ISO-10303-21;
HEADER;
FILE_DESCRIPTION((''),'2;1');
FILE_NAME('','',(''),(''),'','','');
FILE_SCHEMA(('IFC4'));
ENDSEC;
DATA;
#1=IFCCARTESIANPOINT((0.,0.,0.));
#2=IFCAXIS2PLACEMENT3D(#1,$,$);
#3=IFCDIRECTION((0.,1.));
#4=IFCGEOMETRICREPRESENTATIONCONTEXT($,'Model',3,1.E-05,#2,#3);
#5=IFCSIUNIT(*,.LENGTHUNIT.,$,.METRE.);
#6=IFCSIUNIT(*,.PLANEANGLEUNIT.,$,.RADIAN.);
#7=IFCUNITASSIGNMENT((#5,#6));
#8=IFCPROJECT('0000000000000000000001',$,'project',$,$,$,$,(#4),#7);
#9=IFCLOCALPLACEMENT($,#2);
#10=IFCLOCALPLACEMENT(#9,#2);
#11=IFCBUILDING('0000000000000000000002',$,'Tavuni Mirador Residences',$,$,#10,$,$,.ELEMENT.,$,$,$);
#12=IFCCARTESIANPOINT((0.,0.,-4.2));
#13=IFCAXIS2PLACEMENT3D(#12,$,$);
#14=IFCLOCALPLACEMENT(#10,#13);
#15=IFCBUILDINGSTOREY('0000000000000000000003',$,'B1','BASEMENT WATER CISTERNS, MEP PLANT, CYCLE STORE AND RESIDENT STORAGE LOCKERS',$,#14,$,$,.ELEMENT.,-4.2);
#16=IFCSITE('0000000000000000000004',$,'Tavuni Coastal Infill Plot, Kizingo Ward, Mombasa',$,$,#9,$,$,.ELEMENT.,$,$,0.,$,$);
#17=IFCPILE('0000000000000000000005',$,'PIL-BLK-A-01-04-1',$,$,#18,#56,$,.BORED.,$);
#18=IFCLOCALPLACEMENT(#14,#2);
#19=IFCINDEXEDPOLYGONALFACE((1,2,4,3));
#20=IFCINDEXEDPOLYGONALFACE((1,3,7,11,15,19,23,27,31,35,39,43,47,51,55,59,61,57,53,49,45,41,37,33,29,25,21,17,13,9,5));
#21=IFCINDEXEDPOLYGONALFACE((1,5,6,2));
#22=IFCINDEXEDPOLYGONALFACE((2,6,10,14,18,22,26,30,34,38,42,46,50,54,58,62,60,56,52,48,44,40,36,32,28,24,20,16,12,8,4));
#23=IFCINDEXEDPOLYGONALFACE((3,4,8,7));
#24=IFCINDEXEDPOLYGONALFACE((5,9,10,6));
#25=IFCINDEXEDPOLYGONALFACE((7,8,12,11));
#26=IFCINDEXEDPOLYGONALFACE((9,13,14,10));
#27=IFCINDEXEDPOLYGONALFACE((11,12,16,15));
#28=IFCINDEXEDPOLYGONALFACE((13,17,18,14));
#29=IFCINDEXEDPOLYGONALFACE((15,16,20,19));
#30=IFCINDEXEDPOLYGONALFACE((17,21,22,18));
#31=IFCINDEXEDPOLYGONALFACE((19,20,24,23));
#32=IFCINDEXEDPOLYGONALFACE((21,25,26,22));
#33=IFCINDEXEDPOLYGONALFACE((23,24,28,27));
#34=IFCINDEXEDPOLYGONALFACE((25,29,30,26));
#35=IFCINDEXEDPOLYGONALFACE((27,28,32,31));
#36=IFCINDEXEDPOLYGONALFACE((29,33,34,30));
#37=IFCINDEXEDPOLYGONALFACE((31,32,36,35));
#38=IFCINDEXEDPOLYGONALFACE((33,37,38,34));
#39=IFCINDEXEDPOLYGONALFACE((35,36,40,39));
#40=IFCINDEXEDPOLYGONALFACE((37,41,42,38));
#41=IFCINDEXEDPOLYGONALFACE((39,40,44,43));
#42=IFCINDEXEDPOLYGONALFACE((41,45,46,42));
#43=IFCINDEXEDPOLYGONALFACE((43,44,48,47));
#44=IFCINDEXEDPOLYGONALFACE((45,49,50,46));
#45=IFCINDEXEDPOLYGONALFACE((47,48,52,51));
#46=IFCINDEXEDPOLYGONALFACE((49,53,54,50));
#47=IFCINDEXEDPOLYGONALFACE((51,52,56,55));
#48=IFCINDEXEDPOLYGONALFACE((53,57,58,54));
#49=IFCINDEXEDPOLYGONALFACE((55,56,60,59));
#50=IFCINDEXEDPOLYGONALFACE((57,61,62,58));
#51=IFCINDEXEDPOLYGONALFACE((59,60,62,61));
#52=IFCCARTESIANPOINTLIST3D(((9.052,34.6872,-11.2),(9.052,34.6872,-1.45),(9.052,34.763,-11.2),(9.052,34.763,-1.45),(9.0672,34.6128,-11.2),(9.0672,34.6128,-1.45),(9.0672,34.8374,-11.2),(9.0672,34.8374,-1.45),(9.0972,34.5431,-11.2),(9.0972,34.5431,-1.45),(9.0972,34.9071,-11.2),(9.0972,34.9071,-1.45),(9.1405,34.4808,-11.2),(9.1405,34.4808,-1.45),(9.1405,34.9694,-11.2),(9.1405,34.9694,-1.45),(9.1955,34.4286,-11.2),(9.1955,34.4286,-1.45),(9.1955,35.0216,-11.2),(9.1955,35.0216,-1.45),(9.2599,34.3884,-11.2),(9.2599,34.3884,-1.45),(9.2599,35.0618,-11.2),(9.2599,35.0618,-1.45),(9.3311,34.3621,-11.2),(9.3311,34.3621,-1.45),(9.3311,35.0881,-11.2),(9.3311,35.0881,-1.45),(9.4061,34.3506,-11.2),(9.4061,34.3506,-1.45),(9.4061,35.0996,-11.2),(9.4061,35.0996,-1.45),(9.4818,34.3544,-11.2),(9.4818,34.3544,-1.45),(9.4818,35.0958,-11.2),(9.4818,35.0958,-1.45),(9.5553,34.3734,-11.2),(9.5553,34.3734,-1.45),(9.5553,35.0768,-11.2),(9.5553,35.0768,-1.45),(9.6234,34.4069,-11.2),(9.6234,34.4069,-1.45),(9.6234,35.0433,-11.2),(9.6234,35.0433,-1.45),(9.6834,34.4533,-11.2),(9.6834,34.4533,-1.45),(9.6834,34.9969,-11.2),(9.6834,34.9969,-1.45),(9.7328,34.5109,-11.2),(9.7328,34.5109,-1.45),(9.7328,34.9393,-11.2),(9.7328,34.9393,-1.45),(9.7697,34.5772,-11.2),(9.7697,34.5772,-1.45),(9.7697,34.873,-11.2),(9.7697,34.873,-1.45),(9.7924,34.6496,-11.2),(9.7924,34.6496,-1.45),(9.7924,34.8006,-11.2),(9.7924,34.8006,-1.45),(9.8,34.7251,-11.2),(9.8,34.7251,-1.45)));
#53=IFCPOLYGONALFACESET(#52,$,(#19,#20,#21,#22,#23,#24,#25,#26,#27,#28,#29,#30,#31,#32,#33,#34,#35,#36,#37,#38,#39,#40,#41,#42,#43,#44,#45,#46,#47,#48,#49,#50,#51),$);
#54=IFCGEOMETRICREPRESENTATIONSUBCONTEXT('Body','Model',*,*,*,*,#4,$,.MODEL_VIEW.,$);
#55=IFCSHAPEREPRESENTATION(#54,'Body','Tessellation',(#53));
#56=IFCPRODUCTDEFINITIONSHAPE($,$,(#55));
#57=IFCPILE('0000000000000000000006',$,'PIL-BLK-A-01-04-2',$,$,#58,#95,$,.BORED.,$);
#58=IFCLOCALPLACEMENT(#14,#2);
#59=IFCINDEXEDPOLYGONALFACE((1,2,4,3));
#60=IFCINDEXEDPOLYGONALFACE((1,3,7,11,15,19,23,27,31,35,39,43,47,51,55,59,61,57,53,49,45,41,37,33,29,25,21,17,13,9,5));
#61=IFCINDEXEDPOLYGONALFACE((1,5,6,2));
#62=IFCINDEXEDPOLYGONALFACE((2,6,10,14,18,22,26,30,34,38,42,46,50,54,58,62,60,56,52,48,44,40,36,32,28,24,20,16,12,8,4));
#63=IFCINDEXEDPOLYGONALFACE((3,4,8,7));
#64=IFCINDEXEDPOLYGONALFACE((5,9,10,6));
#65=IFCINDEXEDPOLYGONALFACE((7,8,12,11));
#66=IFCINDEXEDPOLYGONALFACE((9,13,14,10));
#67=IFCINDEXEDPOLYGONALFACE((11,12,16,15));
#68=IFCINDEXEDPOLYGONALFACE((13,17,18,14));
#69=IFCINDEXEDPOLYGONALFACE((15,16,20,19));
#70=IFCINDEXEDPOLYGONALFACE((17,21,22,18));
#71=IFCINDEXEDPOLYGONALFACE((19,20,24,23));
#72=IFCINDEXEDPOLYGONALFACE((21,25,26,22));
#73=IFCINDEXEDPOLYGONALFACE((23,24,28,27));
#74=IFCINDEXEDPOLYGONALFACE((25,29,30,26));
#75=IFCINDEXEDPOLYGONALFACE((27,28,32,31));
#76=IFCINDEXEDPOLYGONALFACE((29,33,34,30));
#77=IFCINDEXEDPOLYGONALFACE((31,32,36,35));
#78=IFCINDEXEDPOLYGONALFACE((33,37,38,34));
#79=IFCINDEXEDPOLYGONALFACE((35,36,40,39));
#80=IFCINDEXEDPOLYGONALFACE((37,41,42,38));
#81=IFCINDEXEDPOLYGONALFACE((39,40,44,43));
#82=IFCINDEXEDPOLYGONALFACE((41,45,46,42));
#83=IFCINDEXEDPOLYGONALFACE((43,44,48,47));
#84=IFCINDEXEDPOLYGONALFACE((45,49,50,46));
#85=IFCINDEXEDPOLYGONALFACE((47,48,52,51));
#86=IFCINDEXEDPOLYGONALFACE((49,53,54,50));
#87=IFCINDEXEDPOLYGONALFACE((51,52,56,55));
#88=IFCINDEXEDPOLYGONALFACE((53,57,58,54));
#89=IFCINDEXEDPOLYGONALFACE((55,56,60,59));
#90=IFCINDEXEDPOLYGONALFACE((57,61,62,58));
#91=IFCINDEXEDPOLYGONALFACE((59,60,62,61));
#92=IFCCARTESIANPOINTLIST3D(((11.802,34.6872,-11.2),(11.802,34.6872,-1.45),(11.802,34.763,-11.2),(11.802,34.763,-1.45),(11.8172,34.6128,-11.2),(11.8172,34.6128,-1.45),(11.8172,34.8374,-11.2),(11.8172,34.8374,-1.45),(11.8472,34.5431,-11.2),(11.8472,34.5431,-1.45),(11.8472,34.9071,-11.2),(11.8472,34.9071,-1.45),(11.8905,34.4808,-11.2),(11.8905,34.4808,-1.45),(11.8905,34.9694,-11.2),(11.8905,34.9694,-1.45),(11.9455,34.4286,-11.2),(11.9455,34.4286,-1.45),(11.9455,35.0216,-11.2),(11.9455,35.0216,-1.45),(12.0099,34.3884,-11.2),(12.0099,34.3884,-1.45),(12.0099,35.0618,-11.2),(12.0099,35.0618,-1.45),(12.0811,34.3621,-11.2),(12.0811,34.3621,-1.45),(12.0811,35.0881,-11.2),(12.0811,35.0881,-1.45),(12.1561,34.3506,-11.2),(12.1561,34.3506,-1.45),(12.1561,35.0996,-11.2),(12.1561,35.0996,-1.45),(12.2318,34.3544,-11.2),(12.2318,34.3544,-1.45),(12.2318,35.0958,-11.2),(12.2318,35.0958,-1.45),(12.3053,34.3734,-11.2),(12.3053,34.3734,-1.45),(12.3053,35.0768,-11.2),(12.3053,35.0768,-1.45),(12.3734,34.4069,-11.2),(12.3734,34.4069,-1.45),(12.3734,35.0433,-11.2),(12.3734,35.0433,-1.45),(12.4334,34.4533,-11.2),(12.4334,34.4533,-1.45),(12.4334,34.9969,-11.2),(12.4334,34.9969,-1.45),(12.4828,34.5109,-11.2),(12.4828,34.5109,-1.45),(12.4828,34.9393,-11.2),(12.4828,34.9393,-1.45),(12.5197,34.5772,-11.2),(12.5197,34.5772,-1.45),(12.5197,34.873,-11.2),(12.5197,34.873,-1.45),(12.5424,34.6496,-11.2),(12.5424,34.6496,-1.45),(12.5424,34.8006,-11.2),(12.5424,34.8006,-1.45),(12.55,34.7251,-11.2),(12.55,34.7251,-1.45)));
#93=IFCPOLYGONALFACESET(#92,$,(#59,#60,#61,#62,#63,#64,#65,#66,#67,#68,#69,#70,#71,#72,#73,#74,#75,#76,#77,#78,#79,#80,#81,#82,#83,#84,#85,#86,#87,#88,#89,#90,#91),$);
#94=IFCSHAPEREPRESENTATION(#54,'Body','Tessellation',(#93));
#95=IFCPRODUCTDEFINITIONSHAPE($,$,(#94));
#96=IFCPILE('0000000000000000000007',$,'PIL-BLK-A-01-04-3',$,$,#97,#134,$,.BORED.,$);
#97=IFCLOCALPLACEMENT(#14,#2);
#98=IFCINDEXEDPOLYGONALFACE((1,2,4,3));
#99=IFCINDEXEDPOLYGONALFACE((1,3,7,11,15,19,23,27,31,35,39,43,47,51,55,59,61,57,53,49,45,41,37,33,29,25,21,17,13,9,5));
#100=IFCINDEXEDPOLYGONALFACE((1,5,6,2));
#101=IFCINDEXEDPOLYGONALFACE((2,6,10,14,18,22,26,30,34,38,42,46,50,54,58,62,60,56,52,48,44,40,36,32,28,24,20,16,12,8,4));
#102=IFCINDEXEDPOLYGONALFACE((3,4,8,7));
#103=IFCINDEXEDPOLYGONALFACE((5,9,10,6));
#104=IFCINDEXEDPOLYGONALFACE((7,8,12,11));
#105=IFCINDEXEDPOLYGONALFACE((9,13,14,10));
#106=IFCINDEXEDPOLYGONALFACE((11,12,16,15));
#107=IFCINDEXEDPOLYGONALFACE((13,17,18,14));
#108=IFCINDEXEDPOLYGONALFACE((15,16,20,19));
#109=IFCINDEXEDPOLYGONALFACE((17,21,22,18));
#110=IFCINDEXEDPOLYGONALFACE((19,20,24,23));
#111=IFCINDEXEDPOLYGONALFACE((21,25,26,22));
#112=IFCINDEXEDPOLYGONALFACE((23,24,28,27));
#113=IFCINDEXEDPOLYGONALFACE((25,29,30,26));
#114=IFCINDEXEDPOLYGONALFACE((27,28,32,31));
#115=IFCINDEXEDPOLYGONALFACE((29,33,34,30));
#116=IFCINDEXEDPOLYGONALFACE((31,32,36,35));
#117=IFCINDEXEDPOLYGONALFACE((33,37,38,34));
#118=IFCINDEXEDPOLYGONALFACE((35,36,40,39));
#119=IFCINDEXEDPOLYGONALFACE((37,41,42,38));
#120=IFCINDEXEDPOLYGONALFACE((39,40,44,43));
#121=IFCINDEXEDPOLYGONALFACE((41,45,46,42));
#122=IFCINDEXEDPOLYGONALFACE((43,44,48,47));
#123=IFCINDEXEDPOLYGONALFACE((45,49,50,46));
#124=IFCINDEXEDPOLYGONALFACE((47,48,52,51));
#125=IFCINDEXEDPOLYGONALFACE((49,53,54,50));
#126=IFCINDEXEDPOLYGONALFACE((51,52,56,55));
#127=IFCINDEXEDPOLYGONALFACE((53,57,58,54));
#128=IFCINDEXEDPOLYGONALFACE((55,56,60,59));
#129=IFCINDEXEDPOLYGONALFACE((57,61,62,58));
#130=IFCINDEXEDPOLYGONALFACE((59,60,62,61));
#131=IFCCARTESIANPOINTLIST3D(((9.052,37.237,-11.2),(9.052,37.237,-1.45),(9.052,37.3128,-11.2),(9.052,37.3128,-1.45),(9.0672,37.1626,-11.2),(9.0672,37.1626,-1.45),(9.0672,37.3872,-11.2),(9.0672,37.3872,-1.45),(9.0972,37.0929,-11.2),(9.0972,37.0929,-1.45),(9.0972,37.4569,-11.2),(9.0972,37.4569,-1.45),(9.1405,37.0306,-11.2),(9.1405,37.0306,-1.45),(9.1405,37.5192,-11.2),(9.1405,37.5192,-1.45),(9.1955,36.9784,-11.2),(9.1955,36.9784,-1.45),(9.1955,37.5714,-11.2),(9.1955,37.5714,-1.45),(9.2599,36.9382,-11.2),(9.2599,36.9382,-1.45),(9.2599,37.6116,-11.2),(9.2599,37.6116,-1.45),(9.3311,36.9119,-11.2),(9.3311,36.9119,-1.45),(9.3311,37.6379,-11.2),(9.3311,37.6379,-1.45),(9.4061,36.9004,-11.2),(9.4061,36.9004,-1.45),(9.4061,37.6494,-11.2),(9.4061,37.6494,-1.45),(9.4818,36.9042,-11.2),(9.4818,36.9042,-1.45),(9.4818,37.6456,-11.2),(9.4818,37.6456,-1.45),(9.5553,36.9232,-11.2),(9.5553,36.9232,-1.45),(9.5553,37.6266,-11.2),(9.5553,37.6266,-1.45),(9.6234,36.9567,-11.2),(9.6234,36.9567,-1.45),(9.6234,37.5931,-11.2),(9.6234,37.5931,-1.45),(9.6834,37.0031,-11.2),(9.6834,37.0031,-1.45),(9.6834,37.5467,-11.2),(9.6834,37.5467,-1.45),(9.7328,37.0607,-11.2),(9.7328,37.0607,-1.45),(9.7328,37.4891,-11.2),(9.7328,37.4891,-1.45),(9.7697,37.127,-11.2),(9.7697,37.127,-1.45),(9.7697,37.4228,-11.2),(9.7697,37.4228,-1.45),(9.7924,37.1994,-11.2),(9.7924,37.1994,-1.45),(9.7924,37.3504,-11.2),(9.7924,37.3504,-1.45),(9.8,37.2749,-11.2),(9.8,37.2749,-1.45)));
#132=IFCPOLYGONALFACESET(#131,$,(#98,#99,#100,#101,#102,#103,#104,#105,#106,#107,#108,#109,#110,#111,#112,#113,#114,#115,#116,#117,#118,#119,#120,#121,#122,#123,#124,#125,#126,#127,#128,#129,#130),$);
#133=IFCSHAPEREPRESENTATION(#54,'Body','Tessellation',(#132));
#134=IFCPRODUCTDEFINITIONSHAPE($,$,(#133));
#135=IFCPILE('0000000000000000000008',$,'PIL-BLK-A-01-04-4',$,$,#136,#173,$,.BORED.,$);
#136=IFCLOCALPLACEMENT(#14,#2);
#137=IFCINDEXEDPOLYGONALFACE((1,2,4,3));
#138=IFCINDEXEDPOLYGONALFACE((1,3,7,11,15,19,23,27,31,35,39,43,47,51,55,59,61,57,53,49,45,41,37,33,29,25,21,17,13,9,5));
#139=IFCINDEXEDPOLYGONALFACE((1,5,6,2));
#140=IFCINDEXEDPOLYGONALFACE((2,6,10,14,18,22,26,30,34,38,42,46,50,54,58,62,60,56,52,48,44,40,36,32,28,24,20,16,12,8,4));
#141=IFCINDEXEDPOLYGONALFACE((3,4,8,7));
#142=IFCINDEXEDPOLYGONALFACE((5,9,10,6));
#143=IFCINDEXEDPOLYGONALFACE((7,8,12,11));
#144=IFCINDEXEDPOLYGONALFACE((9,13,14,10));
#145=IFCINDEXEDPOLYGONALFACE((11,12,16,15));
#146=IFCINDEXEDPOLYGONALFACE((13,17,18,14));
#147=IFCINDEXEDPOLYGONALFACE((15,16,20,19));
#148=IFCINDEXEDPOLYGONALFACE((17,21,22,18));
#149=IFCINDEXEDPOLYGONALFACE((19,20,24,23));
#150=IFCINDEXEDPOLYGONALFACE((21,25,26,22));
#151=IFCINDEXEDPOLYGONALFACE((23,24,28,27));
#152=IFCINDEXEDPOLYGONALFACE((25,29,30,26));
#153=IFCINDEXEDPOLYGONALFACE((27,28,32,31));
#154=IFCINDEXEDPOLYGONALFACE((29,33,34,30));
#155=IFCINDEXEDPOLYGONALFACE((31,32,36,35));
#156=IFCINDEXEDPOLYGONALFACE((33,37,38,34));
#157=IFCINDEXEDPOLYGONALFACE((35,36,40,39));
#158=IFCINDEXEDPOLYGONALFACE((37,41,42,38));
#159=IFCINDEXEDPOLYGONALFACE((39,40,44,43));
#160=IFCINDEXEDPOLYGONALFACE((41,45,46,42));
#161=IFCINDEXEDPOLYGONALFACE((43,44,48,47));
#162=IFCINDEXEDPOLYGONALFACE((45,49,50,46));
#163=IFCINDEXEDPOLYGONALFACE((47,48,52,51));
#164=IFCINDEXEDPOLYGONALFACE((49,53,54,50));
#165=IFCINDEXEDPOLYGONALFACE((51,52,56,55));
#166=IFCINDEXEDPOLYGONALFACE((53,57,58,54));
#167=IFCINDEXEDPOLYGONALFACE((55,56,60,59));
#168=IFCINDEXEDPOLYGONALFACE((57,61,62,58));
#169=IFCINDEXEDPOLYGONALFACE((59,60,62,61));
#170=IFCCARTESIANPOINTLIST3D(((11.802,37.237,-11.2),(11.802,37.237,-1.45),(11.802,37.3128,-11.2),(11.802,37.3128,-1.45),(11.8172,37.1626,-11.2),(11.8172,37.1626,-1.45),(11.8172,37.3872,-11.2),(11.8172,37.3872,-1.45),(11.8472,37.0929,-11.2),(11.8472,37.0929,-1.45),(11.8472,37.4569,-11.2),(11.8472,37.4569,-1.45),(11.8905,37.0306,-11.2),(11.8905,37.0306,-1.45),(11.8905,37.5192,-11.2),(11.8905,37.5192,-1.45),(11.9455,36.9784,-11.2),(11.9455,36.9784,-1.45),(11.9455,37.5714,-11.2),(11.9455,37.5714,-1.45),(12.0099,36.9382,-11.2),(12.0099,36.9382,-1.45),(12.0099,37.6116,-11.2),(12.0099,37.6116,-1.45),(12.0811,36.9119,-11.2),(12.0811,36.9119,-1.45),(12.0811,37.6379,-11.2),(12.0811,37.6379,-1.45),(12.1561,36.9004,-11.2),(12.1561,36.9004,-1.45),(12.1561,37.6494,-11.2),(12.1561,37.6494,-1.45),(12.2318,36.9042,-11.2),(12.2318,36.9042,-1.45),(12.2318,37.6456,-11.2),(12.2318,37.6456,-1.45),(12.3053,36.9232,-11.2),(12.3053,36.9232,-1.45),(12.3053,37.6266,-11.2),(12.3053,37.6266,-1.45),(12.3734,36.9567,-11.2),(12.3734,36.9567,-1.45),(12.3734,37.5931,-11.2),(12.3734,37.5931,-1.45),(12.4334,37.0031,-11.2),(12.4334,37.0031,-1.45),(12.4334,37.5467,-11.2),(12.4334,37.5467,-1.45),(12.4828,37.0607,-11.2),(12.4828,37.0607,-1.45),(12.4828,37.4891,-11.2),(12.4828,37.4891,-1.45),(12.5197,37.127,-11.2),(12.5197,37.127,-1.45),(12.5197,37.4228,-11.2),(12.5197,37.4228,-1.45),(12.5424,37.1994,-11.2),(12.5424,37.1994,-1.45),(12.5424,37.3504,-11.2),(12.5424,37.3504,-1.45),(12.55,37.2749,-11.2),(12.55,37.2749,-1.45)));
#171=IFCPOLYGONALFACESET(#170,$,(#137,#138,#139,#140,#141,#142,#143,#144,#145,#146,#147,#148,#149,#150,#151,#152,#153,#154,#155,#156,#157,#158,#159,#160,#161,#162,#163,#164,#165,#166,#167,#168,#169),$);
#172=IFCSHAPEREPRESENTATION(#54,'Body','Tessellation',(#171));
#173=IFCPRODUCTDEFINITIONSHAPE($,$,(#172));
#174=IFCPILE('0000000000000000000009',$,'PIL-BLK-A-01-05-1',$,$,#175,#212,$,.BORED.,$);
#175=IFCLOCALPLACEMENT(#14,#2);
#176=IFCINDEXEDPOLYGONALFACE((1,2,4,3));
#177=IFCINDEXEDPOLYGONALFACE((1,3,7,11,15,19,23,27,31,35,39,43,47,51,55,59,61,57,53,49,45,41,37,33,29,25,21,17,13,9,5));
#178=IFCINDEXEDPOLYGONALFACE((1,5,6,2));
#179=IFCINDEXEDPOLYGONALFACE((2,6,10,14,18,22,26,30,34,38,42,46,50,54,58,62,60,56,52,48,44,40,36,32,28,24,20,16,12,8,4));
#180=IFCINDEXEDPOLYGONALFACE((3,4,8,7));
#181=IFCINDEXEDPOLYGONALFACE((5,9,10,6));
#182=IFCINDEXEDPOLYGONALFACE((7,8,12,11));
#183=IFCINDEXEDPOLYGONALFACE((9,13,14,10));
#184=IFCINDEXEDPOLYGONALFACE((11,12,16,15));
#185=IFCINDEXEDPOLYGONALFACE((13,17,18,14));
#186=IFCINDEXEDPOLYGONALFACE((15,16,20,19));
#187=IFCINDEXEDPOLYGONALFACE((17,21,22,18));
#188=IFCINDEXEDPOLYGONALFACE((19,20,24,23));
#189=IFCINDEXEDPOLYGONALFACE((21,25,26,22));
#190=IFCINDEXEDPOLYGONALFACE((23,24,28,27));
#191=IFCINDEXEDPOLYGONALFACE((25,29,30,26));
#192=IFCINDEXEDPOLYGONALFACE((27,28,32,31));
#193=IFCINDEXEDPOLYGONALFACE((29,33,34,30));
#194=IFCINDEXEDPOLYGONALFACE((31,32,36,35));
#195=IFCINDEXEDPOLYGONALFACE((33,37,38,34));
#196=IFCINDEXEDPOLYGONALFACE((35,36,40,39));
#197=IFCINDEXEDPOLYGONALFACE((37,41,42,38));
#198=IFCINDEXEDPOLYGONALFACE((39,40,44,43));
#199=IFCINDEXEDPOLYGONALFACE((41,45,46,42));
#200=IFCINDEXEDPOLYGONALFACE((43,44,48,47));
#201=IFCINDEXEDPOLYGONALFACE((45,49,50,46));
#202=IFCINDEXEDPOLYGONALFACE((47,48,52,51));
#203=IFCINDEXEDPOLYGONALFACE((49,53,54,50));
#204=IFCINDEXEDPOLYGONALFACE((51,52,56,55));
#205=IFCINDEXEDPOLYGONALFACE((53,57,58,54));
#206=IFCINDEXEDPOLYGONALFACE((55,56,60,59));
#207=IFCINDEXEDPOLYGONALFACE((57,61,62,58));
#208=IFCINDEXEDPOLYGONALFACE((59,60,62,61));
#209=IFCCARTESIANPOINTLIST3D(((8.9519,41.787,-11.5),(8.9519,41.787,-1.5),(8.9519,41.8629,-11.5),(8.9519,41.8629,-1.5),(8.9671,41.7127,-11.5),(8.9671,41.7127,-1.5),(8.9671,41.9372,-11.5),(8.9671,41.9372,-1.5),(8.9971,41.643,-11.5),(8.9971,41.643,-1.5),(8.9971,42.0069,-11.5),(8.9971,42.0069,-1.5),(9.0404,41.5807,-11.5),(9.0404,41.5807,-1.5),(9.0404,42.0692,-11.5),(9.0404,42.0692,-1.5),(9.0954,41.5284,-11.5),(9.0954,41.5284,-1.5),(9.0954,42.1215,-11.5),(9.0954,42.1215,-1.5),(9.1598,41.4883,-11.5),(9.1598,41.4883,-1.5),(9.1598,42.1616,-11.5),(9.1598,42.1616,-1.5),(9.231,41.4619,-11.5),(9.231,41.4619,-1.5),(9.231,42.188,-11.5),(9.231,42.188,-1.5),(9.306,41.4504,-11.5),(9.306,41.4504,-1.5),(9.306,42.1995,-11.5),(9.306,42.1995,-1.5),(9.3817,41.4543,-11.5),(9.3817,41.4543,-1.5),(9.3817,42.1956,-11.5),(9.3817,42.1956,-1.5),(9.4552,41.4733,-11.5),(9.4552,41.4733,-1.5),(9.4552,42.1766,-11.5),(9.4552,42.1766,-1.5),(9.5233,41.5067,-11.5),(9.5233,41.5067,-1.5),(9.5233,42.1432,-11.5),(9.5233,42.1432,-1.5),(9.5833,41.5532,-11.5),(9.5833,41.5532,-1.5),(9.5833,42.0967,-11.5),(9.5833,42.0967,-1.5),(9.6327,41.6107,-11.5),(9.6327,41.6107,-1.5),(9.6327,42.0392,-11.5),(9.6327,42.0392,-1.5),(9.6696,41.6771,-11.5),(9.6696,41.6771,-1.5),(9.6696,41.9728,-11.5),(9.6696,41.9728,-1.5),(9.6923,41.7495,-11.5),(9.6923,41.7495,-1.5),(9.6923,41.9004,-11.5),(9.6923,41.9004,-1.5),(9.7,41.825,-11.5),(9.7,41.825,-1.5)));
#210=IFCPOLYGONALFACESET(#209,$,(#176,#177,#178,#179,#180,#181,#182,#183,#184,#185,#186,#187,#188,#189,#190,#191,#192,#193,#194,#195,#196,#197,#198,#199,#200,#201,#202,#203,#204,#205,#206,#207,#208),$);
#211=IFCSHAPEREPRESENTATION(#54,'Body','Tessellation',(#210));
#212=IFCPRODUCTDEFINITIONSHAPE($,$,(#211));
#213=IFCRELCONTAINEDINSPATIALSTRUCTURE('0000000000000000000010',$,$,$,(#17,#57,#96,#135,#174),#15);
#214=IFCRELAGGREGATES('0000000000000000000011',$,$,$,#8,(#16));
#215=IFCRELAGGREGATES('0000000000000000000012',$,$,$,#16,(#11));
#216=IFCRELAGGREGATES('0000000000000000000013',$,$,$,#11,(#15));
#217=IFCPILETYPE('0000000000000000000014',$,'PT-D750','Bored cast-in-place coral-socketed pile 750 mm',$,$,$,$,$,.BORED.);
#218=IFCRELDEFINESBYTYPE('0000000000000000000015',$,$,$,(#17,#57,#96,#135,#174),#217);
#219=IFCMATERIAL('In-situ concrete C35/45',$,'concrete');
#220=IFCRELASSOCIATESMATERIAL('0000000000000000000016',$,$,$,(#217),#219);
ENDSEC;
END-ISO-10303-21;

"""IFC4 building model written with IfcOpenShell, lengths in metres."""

from ifc_helpers import new_model, si_unit, direction, frame, origin, origin_2d, place, context, subcontext, project, spatial, circle, extrude, material, material_profile, profile_set, type_object, element, save


model = new_model("IFC4")

# Units and contexts
model_context = context("Model", 3, precision=1e-05, world=origin(), true_north=direction((0.0, 1.0)))
body_context = subcontext(model_context, "Body", "Model", "MODEL_VIEW")
ifc_project = project(units=[si_unit("LENGTHUNIT", "METRE"), si_unit("PLANEANGLEUNIT", "RADIAN")], contexts=[model_context])

# Site, building, storey
site_placement = place(None, origin())
site = spatial("IfcSite", under=ifc_project, at=site_placement, Name="Tavuni Coastal Infill Plot, Kizingo Ward, Mombasa", CompositionType="ELEMENT", RefElevation=0.0)
building_placement = place(site_placement, origin())
building = spatial("IfcBuilding", under=site, at=building_placement, Name="Tavuni Mirador Residences", CompositionType="ELEMENT")
storey_placement = place(building_placement, frame((0.0, 0.0, -4.2)))
storey = spatial("IfcBuildingStorey", under=building, at=storey_placement, Name="B1", Description="BASEMENT WATER CISTERNS, MEP PLANT, CYCLE STORE AND RESIDENT STORAGE LOCKERS", CompositionType="ELEMENT", Elevation=-4.2)

# Shared definitions
ifc_material_1 = material(Name="In-situ concrete C35/45", Category="concrete")

# Piles
ifc_material_profile_1 = material_profile(ifc_material_1, circle(Radius=0.375, at=origin_2d()), Name="PILE D750", Category="concrete")
ifc_profile_set_1 = profile_set([ifc_material_profile_1], Name="In-situ concrete C35/45")
pile_type_1 = type_object("IfcPileType", Name="PT-D750", Description="Bored cast-in-place coral-socketed pile 750 mm", PredefinedType="BORED", material=ifc_profile_set_1)
for number, where, z_axis, x_axis, name in (
    (1, (9.425, 34.7251, -1.45), (0.0, 0.0, -1.0), (1.0, 0.0, 0.0), "PIL-BLK-A-01-04-1"),
    (2, (12.175, 34.7251, -1.45), (0.0, 0.0, -1.0), (1.0, 0.0, 0.0), "PIL-BLK-A-01-04-2"),
    (3, (9.425, 37.2749, -1.45), (0.0, 0.0, -1.0), (1.0, 0.0, 0.0), "PIL-BLK-A-01-04-3"),
    (4, (12.175, 37.2749, -1.45), (0.0, 0.0, -1.0), (1.0, 0.0, 0.0), "PIL-BLK-A-01-04-4"),
):
    element("IfcPile", number, at=place(storey_placement, frame(where, z_axis=z_axis, x_axis=x_axis)), inside=storey, type_object=pile_type_1, Name=name, PredefinedType="BORED", context=body_context, shape_type="SweptSolid", body=[
        extrude(circle(Radius=0.375, at=origin_2d()), origin(), (0.0, 0.0, 1.0), 9.75),
    ])
for number, where, z_axis, x_axis, name in (
    (5, (9.325, 41.825, -1.5), (0.0, 0.0, -1.0), (1.0, 0.0, 0.0), "PIL-BLK-A-01-05-1"),
):
    element("IfcPile", number, at=place(storey_placement, frame(where, z_axis=z_axis, x_axis=x_axis)), inside=storey, type_object=pile_type_1, Name=name, PredefinedType="BORED", context=body_context, shape_type="SweptSolid", body=[
        extrude(circle(Radius=0.375, at=origin_2d()), origin(), (0.0, 0.0, 1.0), 10.0),
    ])

save(model, "model.ifc")
